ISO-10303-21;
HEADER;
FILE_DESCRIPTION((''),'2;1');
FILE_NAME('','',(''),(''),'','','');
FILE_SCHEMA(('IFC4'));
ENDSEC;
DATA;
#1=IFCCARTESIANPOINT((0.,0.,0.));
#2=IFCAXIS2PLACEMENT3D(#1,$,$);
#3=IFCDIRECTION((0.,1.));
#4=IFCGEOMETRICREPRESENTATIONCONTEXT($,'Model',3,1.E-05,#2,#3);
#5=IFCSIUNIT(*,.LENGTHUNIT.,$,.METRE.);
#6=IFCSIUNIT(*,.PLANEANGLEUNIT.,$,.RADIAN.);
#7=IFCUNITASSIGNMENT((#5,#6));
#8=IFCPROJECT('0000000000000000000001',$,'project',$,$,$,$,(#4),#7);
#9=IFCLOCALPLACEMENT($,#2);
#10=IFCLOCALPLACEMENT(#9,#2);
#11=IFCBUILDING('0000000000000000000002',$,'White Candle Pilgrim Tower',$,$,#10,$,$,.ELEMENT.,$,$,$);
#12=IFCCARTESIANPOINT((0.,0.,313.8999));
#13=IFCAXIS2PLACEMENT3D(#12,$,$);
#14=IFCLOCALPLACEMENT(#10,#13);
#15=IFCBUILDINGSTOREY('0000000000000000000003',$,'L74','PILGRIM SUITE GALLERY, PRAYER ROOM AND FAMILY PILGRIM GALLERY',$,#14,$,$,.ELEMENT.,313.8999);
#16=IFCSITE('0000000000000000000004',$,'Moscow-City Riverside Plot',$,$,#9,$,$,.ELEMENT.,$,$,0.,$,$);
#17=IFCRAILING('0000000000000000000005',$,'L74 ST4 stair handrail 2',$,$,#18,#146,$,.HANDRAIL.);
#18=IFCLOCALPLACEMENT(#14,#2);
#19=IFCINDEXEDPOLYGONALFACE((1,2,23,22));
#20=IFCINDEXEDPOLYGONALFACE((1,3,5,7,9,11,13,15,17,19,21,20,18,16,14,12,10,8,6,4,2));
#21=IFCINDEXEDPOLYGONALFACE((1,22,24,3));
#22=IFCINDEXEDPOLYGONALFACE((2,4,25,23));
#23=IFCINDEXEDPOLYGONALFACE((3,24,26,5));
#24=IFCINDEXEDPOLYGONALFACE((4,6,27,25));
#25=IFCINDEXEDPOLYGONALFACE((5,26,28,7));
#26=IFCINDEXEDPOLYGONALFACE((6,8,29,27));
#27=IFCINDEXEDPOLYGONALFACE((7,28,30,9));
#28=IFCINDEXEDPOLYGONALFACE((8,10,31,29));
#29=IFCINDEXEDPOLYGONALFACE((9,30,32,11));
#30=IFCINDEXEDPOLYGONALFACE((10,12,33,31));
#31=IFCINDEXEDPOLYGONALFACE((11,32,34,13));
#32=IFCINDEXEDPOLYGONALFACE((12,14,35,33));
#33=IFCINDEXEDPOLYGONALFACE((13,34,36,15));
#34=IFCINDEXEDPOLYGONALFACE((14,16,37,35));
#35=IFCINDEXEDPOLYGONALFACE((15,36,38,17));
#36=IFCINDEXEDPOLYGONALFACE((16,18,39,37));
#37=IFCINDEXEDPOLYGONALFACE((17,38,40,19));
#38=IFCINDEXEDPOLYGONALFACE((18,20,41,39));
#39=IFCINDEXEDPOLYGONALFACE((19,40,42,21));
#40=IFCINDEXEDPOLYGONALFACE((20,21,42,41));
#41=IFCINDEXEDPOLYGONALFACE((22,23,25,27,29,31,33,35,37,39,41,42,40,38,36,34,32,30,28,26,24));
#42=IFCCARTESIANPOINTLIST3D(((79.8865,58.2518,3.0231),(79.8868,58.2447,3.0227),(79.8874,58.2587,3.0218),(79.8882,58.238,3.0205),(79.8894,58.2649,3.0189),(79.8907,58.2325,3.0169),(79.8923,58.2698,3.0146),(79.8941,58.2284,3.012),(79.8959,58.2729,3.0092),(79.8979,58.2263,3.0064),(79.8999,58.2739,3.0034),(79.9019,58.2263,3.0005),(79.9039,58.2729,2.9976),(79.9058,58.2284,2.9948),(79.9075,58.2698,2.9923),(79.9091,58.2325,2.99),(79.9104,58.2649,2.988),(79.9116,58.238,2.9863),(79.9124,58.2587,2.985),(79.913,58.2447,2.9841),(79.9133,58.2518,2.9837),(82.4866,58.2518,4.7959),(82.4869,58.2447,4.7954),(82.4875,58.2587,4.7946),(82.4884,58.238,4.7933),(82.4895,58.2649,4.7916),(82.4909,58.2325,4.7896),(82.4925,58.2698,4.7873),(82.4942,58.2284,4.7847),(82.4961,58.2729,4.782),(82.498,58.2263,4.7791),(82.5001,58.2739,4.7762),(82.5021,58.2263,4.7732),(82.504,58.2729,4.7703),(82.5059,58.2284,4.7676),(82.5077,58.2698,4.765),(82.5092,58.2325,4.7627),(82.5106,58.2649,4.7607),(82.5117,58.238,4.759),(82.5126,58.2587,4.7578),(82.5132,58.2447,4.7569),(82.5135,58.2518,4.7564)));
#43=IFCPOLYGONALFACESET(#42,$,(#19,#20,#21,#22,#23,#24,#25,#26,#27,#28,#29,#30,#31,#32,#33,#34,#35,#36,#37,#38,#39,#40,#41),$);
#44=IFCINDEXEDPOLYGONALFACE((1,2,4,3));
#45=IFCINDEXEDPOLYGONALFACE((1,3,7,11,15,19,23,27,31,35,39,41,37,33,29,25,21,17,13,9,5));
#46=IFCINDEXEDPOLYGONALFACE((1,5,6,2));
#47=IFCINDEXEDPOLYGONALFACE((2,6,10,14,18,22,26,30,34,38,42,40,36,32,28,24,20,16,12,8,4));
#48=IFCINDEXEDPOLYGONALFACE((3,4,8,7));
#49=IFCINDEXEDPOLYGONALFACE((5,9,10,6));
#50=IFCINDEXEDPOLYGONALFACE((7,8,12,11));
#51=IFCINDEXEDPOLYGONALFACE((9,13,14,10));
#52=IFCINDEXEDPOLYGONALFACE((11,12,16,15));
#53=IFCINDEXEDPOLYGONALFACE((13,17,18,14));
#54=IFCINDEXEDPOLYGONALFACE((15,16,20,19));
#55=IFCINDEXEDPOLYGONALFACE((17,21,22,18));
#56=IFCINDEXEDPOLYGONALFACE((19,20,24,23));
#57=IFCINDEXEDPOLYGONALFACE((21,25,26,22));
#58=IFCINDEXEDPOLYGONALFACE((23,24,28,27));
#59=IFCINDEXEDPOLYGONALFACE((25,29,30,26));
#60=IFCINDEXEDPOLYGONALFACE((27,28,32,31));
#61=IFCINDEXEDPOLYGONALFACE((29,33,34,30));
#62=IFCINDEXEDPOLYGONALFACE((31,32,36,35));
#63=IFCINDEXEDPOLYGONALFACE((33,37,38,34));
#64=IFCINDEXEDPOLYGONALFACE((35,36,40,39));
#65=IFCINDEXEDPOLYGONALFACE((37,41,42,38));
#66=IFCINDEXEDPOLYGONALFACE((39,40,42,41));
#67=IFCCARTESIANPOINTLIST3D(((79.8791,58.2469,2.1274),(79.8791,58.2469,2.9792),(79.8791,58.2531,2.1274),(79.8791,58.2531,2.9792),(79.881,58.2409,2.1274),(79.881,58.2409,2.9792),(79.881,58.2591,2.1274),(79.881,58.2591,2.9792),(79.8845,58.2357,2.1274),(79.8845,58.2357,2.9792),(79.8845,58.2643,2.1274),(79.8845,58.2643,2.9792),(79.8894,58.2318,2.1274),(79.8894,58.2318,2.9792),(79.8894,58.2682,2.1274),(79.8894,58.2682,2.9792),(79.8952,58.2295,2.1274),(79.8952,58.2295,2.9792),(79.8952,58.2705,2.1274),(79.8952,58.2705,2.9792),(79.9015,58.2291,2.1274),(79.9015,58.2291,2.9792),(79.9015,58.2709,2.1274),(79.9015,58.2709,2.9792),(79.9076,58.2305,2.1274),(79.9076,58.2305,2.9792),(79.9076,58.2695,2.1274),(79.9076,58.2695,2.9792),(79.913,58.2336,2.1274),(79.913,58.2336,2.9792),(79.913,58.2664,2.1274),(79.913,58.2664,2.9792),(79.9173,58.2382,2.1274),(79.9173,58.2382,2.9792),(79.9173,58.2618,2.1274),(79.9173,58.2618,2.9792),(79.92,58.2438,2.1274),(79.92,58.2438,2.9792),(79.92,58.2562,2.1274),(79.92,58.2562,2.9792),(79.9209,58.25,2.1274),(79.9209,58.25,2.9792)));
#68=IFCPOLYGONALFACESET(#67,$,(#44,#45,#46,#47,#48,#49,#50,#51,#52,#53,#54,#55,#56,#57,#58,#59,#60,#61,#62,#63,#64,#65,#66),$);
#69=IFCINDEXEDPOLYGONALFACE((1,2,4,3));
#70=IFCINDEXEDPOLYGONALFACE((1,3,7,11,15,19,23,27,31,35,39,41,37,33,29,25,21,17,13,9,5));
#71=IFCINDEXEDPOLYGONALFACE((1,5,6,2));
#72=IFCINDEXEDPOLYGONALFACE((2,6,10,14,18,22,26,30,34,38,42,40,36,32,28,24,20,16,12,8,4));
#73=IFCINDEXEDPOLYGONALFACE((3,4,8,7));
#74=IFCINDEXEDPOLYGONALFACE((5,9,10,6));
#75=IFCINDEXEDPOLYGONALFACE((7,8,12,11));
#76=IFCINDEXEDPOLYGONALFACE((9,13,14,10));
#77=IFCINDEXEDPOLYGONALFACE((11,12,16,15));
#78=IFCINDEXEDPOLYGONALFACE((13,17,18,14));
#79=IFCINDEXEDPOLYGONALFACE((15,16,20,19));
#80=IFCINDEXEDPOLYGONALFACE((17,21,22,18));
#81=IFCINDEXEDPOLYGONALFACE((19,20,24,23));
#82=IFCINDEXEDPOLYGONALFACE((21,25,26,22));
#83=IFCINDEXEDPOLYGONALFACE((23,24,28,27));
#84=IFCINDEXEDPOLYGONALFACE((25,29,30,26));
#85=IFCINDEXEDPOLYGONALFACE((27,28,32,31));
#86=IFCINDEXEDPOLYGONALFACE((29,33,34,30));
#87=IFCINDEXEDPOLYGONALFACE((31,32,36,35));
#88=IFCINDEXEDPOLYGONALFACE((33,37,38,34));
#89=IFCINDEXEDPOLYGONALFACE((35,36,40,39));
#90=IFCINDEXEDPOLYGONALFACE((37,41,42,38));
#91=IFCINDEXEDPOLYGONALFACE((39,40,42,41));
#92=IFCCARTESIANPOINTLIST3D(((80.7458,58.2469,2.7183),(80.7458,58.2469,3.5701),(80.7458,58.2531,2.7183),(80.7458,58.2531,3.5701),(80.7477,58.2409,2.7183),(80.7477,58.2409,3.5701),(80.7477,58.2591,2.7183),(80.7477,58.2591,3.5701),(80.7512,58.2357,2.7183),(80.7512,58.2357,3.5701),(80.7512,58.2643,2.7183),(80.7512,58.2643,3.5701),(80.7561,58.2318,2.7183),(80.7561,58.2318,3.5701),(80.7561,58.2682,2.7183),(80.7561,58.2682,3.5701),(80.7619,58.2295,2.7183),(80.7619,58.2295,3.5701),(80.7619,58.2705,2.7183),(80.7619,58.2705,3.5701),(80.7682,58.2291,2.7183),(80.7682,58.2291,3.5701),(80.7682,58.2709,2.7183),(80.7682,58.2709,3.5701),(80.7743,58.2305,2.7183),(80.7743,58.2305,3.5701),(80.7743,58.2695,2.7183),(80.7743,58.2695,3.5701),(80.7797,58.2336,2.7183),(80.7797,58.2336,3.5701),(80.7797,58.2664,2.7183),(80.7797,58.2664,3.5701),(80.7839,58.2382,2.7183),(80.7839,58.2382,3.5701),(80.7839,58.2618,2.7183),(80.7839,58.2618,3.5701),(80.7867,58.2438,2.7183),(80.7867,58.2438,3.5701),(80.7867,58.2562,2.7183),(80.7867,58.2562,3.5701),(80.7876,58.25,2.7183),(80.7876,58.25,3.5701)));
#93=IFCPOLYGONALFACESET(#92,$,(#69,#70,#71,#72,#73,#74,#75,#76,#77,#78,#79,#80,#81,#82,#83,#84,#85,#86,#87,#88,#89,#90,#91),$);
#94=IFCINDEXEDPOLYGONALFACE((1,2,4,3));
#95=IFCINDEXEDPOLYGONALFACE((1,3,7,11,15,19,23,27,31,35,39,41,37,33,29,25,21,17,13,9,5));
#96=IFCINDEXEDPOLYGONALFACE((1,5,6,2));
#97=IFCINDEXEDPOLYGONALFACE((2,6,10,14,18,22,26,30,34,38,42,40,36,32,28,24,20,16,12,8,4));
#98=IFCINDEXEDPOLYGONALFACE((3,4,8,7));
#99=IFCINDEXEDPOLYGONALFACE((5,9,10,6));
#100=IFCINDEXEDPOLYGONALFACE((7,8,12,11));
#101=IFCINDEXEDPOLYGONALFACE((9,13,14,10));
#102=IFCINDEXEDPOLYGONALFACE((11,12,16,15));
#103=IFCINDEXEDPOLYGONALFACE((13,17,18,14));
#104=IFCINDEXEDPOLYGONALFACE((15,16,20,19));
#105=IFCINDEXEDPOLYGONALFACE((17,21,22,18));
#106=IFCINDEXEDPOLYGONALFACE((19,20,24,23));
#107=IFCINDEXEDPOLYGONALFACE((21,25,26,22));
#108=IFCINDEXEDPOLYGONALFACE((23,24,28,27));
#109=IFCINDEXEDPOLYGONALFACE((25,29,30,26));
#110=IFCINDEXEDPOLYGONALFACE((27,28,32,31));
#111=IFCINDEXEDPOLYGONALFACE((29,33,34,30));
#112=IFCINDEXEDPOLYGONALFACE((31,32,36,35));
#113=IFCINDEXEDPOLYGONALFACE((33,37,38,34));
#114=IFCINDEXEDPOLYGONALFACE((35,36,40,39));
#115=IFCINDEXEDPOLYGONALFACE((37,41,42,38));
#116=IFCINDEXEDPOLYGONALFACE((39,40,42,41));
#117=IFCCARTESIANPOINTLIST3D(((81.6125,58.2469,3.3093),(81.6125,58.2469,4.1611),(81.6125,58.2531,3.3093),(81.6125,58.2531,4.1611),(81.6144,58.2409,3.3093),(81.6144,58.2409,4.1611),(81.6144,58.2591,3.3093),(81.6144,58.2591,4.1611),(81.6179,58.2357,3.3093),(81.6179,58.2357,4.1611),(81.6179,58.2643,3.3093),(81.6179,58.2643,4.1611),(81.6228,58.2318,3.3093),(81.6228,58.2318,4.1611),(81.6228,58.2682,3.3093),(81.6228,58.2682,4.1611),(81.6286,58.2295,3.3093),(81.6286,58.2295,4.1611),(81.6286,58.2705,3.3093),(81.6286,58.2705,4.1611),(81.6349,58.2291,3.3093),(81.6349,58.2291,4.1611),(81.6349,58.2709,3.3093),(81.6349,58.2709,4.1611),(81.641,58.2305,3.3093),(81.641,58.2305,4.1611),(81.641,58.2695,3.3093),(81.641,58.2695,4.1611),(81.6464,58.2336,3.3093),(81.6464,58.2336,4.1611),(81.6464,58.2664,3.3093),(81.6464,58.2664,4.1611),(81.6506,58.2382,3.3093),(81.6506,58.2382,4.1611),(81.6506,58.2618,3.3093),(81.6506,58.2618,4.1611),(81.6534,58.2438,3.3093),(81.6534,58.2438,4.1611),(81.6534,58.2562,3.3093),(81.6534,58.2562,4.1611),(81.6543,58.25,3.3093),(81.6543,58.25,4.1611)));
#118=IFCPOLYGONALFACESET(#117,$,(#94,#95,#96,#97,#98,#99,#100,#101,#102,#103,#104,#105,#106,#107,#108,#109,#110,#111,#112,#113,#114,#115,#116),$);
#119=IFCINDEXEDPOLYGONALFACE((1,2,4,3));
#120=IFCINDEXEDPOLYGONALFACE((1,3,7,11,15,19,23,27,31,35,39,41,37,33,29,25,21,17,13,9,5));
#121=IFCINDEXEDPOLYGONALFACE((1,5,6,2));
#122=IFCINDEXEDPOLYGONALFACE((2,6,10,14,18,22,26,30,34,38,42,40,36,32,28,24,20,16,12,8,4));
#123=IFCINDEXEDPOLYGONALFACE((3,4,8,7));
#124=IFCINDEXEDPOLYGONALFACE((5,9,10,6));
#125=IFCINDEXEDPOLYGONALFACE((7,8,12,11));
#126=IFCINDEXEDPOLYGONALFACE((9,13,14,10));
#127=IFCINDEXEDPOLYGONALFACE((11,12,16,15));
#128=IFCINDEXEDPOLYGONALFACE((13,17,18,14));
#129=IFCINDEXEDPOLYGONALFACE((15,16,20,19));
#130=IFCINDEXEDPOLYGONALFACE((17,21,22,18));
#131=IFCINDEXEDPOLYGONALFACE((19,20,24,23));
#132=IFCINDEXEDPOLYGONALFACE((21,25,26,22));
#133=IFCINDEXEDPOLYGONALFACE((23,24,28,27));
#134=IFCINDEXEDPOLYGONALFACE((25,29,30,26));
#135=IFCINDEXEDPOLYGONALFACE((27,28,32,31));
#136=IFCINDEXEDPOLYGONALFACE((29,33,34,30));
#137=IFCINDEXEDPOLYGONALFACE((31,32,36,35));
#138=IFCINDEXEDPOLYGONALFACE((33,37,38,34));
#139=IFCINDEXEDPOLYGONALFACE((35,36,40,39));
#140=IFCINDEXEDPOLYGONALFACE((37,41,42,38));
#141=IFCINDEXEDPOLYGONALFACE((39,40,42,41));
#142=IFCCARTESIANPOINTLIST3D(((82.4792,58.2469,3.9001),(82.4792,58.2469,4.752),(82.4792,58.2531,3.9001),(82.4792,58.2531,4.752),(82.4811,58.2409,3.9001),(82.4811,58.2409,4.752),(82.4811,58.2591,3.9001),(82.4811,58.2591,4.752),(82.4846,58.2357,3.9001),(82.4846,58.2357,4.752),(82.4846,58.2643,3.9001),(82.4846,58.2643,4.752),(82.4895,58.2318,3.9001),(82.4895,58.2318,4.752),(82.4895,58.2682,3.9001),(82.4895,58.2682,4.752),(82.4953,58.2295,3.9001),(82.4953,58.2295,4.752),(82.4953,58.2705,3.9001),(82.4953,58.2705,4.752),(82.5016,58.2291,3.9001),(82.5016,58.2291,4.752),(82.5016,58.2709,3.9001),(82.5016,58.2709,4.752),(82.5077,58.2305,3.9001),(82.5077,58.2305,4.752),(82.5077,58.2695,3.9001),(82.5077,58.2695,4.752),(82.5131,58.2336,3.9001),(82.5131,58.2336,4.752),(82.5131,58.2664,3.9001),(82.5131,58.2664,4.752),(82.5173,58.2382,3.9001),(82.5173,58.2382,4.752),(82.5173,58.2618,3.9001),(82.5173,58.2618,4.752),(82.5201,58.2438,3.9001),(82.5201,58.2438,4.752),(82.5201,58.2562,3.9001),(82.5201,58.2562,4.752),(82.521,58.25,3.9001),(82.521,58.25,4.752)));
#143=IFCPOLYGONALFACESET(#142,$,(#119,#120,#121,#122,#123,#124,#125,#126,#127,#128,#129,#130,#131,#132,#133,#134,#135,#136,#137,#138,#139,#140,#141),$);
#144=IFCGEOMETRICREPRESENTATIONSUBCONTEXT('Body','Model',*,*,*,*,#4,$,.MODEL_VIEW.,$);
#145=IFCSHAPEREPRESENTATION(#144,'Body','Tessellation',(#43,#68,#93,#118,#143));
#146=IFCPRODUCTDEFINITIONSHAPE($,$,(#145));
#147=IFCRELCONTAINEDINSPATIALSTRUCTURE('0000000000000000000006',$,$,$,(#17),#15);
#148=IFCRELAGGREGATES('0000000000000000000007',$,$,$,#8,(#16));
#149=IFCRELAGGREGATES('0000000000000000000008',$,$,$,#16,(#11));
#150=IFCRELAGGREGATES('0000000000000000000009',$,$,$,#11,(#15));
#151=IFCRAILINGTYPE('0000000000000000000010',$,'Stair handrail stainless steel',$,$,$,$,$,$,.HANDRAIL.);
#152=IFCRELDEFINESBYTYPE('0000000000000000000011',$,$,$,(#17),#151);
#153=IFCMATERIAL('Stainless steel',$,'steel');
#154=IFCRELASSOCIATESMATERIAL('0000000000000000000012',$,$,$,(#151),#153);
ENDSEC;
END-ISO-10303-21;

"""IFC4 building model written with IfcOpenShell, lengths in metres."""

from ifc_helpers import new_model, si_unit, direction, frame, origin, origin_2d, place, context, subcontext, project, spatial, circle, extrude, material, type_object, element, save


model = new_model("IFC4")

# Units and contexts
model_context = context("Model", 3, precision=1e-05, world=origin(), true_north=direction((0.0, 1.0)))
body_context = subcontext(model_context, "Body", "Model", "MODEL_VIEW")
ifc_project = project(units=[si_unit("LENGTHUNIT", "METRE"), si_unit("PLANEANGLEUNIT", "RADIAN")], contexts=[model_context])

# Site, building, storey
site_placement = place(None, origin())
site = spatial("IfcSite", under=ifc_project, at=site_placement, Name="Moscow-City Riverside Plot", CompositionType="ELEMENT", RefElevation=0.0)
building_placement = place(site_placement, origin())
building = spatial("IfcBuilding", under=site, at=building_placement, Name="White Candle Pilgrim Tower", CompositionType="ELEMENT")
storey_placement = place(building_placement, frame((0.0, 0.0, 313.8999)))
storey = spatial("IfcBuildingStorey", under=building, at=storey_placement, Name="L74", Description="PILGRIM SUITE GALLERY, PRAYER ROOM AND FAMILY PILGRIM GALLERY", CompositionType="ELEMENT", Elevation=313.8999)

# Railing
ifc_material_1 = material(Name="Stainless steel", Category="steel")
railing_type_1 = type_object("IfcRailingType", Name="Stair handrail stainless steel", PredefinedType="HANDRAIL", material=ifc_material_1)
railing_1_placement = place(storey_placement, frame((79.8999, 58.25, 2.1274)))
element("IfcRailing", 1, at=railing_1_placement, inside=storey, type_object=railing_type_1, Name="L74 ST4 stair handrail 2", PredefinedType="HANDRAIL", context=body_context, shape_type="SweptSolid", body=[
    extrude(circle(Radius=0.0239, at=origin_2d()), frame((0.0, 0.0, 0.876), z_axis=(0.82624, 0.0, 0.563318), x_axis=(0.0, 1.0, 0.0)), (0.0, 0.0, 1.0), 3.147),
    extrude(circle(Radius=0.021, at=origin_2d()), origin(), (0.0, 0.0, 1.0), 0.8518),
    extrude(circle(Radius=0.021, at=origin_2d()), frame((0.8667, 0.0, 0.5908)), (0.0, 0.0, 1.0), 0.8518),
    extrude(circle(Radius=0.021, at=origin_2d()), frame((1.7334, 0.0, 1.1819)), (0.0, 0.0, 1.0), 0.8518),
    extrude(circle(Radius=0.021, at=origin_2d()), frame((2.6001, 0.0, 1.7727)), (0.0, 0.0, 1.0), 0.8518),
])

save(model, "model.ifc")
